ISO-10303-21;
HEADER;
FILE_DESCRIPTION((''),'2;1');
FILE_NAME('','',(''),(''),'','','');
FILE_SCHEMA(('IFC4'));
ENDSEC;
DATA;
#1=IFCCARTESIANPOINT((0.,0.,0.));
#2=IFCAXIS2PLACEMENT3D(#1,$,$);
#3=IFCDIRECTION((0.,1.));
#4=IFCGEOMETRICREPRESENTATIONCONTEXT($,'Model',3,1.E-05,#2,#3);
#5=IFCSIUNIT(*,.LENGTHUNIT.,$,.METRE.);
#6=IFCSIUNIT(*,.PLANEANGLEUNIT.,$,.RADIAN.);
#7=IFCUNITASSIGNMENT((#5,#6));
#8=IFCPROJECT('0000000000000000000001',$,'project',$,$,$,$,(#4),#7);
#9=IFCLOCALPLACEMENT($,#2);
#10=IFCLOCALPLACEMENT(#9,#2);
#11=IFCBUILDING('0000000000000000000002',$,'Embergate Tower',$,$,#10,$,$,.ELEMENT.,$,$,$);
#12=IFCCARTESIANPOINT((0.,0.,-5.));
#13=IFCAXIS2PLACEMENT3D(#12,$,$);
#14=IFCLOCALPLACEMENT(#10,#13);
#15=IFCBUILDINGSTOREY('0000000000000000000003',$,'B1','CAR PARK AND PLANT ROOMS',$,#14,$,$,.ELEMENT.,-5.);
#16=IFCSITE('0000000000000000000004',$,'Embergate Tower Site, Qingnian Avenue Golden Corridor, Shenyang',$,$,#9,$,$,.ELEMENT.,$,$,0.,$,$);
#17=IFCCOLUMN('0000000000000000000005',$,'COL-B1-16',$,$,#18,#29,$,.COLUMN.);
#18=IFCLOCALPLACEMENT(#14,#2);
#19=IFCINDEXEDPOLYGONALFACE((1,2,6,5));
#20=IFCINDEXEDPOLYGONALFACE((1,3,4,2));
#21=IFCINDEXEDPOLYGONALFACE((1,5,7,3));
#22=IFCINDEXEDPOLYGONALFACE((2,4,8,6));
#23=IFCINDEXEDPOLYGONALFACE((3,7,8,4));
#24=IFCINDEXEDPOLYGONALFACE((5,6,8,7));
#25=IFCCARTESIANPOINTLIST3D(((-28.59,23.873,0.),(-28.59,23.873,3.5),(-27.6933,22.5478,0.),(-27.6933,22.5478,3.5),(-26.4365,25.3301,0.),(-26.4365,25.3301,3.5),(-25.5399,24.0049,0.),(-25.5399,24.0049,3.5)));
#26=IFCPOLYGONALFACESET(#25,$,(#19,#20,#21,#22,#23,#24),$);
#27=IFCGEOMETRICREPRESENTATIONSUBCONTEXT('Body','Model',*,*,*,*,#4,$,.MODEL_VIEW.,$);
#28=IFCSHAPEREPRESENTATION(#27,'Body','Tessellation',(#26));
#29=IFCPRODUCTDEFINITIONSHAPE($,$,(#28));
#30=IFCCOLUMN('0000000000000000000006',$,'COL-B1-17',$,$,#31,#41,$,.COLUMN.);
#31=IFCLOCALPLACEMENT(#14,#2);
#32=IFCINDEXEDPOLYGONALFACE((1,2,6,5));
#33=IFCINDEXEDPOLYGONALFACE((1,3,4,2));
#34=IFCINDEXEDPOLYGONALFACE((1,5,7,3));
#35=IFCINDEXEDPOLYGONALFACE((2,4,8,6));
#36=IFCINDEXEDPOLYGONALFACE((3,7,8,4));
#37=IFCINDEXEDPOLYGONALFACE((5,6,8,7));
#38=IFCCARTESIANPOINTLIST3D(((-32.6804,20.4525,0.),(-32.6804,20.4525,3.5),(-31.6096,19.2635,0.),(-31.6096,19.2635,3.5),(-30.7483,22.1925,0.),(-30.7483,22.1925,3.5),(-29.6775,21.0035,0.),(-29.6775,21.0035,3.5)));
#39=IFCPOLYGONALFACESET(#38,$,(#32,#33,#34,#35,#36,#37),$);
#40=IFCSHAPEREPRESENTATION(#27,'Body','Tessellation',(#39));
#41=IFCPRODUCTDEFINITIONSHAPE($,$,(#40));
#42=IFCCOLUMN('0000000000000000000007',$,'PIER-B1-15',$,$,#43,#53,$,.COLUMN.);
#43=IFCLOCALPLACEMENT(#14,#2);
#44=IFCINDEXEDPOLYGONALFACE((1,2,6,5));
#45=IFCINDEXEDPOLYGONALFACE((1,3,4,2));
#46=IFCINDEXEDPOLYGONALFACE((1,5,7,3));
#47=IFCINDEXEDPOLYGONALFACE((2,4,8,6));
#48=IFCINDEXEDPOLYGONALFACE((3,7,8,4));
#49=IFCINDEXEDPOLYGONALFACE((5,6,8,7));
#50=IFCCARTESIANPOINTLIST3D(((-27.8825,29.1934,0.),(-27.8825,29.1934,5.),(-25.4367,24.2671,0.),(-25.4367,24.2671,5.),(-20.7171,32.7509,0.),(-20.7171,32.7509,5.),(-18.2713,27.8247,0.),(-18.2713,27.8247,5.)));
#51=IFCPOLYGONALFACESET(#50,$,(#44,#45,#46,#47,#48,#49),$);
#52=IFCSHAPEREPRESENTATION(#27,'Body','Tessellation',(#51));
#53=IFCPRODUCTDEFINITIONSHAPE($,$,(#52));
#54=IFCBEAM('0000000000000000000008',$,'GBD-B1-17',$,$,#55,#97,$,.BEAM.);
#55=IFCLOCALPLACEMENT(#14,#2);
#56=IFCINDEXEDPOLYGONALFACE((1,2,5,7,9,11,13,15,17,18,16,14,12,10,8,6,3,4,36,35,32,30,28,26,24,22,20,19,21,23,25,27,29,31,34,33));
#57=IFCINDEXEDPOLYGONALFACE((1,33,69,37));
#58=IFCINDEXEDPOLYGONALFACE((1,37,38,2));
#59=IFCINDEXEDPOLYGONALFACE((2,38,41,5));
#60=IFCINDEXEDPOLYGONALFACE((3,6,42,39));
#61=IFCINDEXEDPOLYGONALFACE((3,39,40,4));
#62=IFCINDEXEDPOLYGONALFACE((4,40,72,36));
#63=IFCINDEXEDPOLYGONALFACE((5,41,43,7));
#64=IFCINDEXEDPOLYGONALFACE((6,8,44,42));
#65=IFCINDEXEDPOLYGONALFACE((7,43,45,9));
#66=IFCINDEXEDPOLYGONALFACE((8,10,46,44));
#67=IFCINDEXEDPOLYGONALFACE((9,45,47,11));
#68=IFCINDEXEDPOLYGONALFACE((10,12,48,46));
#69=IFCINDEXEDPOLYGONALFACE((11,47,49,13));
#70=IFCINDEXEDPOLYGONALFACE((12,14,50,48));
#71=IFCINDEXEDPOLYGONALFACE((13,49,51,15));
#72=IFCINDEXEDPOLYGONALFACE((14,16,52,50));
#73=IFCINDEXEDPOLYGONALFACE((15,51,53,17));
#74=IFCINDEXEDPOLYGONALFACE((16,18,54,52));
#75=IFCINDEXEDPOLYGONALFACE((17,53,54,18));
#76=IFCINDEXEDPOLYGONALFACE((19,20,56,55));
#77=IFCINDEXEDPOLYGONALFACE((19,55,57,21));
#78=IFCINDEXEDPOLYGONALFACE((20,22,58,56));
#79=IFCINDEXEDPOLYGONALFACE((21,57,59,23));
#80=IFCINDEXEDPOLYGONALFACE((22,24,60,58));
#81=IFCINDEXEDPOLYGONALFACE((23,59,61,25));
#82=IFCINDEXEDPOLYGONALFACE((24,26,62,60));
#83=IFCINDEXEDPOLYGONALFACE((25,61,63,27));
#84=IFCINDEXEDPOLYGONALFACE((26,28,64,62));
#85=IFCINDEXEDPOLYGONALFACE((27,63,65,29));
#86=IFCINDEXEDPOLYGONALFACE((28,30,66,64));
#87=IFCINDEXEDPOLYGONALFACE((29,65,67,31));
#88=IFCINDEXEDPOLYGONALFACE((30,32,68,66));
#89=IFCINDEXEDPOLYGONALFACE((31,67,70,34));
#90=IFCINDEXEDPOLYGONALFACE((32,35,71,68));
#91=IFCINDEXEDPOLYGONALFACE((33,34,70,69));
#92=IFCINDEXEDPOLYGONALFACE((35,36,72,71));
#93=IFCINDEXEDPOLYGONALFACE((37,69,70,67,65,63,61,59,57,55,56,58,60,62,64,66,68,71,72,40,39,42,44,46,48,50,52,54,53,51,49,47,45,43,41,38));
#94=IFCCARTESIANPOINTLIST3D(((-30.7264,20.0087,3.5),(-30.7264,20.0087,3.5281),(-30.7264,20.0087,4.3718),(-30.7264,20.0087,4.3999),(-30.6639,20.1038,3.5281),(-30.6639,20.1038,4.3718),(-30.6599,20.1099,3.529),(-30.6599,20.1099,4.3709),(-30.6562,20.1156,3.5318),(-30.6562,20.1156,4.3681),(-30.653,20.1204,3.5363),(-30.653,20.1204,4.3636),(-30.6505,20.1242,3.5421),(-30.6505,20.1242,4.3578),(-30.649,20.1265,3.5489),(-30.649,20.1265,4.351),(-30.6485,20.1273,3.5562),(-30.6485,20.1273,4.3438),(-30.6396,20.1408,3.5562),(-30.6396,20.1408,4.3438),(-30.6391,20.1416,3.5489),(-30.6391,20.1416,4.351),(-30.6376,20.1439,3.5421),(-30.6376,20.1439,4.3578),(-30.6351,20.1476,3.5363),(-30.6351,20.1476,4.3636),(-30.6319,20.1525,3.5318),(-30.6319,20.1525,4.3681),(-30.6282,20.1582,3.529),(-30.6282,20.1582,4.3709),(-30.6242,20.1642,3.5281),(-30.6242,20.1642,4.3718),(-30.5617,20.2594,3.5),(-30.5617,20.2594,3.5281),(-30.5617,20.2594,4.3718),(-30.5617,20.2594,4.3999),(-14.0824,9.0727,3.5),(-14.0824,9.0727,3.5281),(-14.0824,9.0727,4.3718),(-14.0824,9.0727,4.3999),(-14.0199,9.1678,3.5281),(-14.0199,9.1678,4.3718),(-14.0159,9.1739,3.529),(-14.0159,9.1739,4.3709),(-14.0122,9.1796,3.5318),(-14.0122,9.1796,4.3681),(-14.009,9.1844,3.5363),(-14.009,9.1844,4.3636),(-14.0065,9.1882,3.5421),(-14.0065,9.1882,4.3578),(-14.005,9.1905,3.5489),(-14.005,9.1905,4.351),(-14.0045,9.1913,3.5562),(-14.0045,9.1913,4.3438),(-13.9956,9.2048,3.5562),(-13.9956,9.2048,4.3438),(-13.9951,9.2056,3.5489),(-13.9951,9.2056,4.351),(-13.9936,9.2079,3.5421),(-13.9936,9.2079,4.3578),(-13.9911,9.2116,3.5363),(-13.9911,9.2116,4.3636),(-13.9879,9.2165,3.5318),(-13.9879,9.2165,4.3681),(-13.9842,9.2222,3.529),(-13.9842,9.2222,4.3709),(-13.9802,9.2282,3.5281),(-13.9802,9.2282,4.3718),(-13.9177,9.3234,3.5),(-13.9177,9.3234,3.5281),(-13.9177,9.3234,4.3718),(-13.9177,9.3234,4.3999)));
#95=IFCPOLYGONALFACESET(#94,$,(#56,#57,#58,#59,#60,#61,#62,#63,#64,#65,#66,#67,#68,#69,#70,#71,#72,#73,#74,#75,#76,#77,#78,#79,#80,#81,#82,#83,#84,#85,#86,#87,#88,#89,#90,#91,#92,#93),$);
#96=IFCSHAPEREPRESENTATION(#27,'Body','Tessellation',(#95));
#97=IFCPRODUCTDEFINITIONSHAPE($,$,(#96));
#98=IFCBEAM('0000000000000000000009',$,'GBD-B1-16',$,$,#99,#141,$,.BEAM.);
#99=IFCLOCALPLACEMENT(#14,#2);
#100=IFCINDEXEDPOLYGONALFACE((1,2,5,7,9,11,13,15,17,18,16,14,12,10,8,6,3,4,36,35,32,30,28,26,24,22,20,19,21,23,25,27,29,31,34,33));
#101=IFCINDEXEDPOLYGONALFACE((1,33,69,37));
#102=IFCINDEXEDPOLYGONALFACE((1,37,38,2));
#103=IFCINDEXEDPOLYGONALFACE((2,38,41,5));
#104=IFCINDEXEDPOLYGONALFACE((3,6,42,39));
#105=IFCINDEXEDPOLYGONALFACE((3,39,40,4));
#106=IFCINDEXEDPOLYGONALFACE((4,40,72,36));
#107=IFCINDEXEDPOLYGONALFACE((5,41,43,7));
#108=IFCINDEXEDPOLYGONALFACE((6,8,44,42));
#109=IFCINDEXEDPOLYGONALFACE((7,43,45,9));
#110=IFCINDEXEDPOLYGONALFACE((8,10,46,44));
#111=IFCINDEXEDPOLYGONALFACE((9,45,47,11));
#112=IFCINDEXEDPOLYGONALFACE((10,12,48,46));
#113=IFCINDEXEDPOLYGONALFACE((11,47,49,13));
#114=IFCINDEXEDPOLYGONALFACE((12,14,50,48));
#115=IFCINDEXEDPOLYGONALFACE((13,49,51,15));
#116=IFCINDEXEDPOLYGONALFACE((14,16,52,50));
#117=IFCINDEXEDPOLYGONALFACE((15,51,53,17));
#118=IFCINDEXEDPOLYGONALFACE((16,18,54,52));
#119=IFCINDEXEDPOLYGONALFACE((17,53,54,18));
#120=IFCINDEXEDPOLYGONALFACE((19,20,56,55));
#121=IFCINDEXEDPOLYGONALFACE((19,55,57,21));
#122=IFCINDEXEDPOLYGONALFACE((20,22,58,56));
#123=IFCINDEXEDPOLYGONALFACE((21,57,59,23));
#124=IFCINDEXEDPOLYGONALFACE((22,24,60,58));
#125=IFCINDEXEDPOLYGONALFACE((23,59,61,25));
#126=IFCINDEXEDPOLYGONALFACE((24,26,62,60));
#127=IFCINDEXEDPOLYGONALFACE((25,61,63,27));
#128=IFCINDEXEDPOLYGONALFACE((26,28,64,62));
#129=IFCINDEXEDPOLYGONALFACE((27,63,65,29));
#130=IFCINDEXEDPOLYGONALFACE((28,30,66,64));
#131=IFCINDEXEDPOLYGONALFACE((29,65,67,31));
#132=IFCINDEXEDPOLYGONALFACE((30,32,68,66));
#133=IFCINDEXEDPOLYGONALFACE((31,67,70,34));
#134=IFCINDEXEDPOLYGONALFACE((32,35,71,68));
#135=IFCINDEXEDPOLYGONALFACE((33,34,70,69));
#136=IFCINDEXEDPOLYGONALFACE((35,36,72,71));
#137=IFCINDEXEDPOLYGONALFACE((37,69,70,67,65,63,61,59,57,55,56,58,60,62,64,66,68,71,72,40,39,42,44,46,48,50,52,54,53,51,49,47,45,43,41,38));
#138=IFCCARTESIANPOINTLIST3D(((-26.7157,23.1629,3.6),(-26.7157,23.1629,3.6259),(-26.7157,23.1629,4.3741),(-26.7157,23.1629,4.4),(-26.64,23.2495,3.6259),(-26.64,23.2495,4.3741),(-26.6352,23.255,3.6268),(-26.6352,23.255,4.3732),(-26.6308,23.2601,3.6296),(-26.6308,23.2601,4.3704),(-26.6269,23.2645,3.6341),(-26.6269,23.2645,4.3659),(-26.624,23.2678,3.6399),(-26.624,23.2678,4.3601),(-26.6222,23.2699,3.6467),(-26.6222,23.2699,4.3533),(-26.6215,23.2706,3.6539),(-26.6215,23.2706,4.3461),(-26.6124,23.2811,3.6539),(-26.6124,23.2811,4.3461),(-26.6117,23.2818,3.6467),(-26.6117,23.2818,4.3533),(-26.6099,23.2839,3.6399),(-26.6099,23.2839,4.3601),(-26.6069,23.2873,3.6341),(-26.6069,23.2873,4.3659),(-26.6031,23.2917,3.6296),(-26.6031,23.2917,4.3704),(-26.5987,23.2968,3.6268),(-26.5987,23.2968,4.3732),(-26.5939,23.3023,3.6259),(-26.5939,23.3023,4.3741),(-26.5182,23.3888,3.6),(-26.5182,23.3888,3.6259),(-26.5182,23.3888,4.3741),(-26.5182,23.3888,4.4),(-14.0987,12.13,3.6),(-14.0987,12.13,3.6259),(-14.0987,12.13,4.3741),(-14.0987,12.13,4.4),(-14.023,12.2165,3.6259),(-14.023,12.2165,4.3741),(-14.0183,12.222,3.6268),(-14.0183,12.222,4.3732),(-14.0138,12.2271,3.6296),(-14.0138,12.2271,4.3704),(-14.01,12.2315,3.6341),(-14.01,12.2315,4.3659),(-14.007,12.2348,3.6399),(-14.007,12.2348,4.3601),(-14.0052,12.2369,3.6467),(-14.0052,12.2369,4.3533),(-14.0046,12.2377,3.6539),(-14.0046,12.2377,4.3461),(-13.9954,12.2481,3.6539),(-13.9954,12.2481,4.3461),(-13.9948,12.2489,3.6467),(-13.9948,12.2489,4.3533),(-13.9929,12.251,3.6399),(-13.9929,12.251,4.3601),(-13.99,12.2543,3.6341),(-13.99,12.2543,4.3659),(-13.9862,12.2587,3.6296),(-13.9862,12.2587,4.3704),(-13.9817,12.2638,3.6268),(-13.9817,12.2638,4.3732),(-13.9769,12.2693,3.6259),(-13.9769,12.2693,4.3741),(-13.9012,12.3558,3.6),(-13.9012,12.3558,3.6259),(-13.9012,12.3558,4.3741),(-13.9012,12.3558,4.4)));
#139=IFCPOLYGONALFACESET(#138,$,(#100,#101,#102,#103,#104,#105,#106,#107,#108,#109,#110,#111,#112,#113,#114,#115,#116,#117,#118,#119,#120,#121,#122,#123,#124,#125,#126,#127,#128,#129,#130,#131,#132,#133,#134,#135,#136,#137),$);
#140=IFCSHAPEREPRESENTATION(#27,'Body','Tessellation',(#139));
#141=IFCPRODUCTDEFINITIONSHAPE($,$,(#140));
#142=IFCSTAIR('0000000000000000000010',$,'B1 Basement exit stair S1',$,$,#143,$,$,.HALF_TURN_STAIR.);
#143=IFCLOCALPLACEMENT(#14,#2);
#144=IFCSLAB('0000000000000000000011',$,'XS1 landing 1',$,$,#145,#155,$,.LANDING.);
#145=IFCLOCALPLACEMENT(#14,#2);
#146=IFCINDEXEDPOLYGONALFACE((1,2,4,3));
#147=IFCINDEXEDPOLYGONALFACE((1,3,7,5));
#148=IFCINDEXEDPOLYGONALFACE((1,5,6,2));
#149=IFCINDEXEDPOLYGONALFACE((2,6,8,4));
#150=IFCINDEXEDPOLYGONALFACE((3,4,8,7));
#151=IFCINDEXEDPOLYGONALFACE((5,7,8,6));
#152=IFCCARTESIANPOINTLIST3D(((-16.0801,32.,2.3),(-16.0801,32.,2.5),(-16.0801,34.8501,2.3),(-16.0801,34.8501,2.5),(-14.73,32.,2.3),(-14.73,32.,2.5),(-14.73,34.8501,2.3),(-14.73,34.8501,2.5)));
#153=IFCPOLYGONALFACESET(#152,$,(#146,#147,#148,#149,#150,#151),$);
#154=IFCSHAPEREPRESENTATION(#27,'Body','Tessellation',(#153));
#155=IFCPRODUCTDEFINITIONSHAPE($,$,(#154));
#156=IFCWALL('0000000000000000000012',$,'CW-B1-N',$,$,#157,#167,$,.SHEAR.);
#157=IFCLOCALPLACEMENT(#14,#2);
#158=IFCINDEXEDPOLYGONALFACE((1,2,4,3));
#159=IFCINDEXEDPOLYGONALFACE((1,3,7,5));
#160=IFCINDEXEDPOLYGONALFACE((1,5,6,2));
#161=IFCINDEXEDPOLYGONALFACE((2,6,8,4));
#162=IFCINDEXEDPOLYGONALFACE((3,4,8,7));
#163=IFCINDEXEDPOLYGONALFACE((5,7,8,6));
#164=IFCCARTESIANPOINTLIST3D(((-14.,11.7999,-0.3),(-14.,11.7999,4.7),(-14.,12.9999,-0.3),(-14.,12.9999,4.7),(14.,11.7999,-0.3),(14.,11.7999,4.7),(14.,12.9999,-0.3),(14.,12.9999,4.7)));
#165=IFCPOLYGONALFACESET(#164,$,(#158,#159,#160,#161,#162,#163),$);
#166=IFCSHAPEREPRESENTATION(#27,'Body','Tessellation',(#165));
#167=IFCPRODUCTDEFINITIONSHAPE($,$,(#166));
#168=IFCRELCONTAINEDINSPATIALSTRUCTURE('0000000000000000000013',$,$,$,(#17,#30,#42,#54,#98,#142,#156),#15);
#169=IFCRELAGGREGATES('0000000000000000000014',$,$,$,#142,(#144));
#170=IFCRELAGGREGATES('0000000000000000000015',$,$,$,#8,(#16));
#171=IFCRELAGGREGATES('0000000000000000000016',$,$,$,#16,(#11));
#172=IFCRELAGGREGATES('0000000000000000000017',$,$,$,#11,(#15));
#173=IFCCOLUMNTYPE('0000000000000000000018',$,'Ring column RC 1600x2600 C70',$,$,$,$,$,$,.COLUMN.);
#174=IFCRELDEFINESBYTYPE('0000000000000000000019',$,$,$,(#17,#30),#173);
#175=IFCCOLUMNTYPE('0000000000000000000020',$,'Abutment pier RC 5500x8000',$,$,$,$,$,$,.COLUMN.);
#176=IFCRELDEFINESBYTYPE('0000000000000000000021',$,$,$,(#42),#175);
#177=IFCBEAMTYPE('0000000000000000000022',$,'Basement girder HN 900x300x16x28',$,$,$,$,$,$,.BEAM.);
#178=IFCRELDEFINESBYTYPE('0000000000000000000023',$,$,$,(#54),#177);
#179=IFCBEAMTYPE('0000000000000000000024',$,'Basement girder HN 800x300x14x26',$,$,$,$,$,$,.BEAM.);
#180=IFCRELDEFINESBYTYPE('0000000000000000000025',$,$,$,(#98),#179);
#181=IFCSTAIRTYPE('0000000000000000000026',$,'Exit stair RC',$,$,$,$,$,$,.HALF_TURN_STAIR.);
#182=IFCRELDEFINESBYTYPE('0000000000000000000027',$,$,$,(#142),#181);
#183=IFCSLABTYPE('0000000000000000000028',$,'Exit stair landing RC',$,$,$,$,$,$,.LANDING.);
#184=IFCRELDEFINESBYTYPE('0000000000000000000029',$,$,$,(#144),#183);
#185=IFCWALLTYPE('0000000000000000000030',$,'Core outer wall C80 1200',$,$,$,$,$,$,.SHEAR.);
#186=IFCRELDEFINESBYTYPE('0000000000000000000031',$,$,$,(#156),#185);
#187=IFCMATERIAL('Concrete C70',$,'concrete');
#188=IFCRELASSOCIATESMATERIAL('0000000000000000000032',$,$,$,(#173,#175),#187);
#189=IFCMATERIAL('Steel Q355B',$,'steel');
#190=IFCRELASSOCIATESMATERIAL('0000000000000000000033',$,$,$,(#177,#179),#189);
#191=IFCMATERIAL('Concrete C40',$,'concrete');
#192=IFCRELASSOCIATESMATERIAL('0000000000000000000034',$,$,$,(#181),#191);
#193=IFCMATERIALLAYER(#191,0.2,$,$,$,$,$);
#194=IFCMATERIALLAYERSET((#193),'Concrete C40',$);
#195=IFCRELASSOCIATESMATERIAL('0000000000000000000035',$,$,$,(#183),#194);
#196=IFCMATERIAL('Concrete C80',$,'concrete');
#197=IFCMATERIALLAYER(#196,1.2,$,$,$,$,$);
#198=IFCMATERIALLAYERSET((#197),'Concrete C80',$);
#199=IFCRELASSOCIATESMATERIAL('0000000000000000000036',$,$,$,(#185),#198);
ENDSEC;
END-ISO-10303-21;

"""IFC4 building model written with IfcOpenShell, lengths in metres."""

from ifc_helpers import new_model, si_unit, direction, frame, frame_2d, origin, origin_2d, place, context, subcontext, project, spatial, polyline, rectangle, i_section, outline, extrude, source, transform, mapped, material, layer, layer_set, material_profile, profile_set, type_object, element, aggregate, save


model = new_model("IFC4")

# Units and contexts
model_context = context("Model", 3, precision=1e-05, world=origin(), true_north=direction((0.0, 1.0)))
body_context = subcontext(model_context, "Body", "Model", "MODEL_VIEW")
ifc_project = project(units=[si_unit("LENGTHUNIT", "METRE"), si_unit("PLANEANGLEUNIT", "RADIAN")], contexts=[model_context])

# Site, building, storey
site_placement = place(None, origin())
site = spatial("IfcSite", under=ifc_project, at=site_placement, Name="Embergate Tower Site, Qingnian Avenue Golden Corridor, Shenyang", CompositionType="ELEMENT", RefElevation=0.0)
building_placement = place(site_placement, origin())
building = spatial("IfcBuilding", under=site, at=building_placement, Name="Embergate Tower", CompositionType="ELEMENT")
storey_placement = place(building_placement, frame((0.0, 0.0, -5.0)))
storey = spatial("IfcBuildingStorey", under=building, at=storey_placement, Name="B1", Description="CAR PARK AND PLANT ROOMS", CompositionType="ELEMENT", Elevation=-5.0)

# Columns
ifc_material_1 = material(Name="Concrete C70", Category="concrete")
ifc_material_profile_1 = material_profile(ifc_material_1, rectangle(XDim=1.6001, YDim=2.6001, at=origin_2d()), Name="RC 1600x2600")
ifc_profile_set_1 = profile_set([ifc_material_profile_1], Name="Concrete C70")
column_type_1 = type_object("IfcColumnType", Name="Ring column RC 1600x2600 C70", PredefinedType="COLUMN", material=ifc_profile_set_1)
shared_shape_1 = source(origin(), body_context, "Body", "SweptSolid", [
    extrude(rectangle(XDim=1.6001, YDim=2.6001, at=origin_2d()), origin(), (0.0, 0.0, 1.0), 3.5),
])
for number, where, z_axis, x_axis, name in (
    (1, (-27.0649, 23.939, 0.0), (0.0, 0.0, 1.0), (-0.560393, 0.828227, 0.0), "COL-B1-16"),
    (2, (-31.179, 20.728, 0.0), (0.0, 0.0, 1.0), (-0.669208, 0.743075, 0.0), "COL-B1-17"),
):
    element("IfcColumn", number, at=place(storey_placement, frame(where, z_axis=z_axis, x_axis=x_axis)), inside=storey, type_object=column_type_1, Name=name, PredefinedType="COLUMN", context=body_context, shape_type="MappedRepresentation", body=[
        mapped(shared_shape_1, transform((0.0, 0.0, 0.0))),
    ])
ifc_material_profile_2 = material_profile(ifc_material_1, rectangle(XDim=5.5, YDim=8.0, at=origin_2d()), Name="RC 5500x8000")
ifc_profile_set_2 = profile_set([ifc_material_profile_2], Name="Concrete C70")
column_type_2 = type_object("IfcColumnType", Name="Abutment pier RC 5500x8000", PredefinedType="COLUMN", material=ifc_profile_set_2)
shared_shape_2 = source(origin(), body_context, "Body", "SweptSolid", [
    extrude(rectangle(XDim=5.5, YDim=8.0, at=origin_2d()), origin(), (0.0, 0.0, 1.0), 5.0),
])
column_placement = place(storey_placement, frame((-23.0769, 28.509, 0.0), z_axis=(0.0, 0.0, 1.0), x_axis=(-0.444698, 0.895681, 0.0)))
element("IfcColumn", 3, at=column_placement, inside=storey, type_object=column_type_2, Name="PIER-B1-15", PredefinedType="COLUMN", context=body_context, shape_type="MappedRepresentation", body=[
    mapped(shared_shape_2, transform((0.0, 0.0, 0.0))),
])

# Beams
ifc_material_2 = material(Name="Steel Q355B", Category="steel")
ifc_material_profile_3 = material_profile(ifc_material_2, i_section(OverallWidth=0.3, OverallDepth=0.8999, WebThickness=0.0161, FlangeThickness=0.0281, FilletRadius=0.0281, at=origin_2d()), Name="HN 900x300x16x28")
ifc_profile_set_3 = profile_set([ifc_material_profile_3], Name="Steel Q355 grade B")
beam_type_1 = type_object("IfcBeamType", Name="Basement girder HN 900x300x16x28", PredefinedType="BEAM", material=ifc_profile_set_3)
shared_shape_3 = source(origin(), body_context, "Body", "SweptSolid", [
    extrude(i_section(OverallWidth=0.3, OverallDepth=0.8999, WebThickness=0.0161, FlangeThickness=0.0281, FilletRadius=0.0281, at=origin_2d()), origin(), (0.0, 0.0, 1.0), 19.9153),
])
beam_1_placement = place(storey_placement, frame((-30.644, 20.134, 3.95), z_axis=(0.83574, -0.549126, 0.0), x_axis=(0.549126, 0.83574, 0.0)))
element("IfcBeam", 4, at=beam_1_placement, inside=storey, type_object=beam_type_1, Name="GBD-B1-17", PredefinedType="BEAM", context=body_context, shape_type="MappedRepresentation", body=[
    mapped(shared_shape_3, transform((0.0, 0.0, 0.0))),
])
ifc_material_profile_4 = material_profile(ifc_material_2, i_section(OverallWidth=0.3, OverallDepth=0.8, WebThickness=0.0139, FlangeThickness=0.0259, FilletRadius=0.0281, at=origin_2d()), Name="HN 800x300x14x26")
ifc_profile_set_4 = profile_set([ifc_material_profile_4], Name="Steel Q355 grade B")
beam_type_2 = type_object("IfcBeamType", Name="Basement girder HN 800x300x14x26", PredefinedType="BEAM", material=ifc_profile_set_4)
shared_shape_4 = source(origin(), body_context, "Body", "SweptSolid", [
    extrude(i_section(OverallWidth=0.3, OverallDepth=0.8, WebThickness=0.0139, FlangeThickness=0.0259, FilletRadius=0.0281, at=origin_2d()), origin(), (0.0, 0.0, 1.0), 16.7605),
])
beam_2_placement = place(storey_placement, frame((-26.6169, 23.2759, 4.0), z_axis=(0.75278, -0.658273, 0.0), x_axis=(0.658273, 0.75278, 0.0)))
element("IfcBeam", 5, at=beam_2_placement, inside=storey, type_object=beam_type_2, Name="GBD-B1-16", PredefinedType="BEAM", context=body_context, shape_type="MappedRepresentation", body=[
    mapped(shared_shape_4, transform((0.0, 0.0, 0.0))),
])

# Stair, slab
ifc_material_3 = material(Name="Concrete C40", Category="concrete")
stair_type = type_object("IfcStairType", Name="Exit stair RC", PredefinedType="HALF_TURN_STAIR", material=ifc_material_3)
stair_placement = place(storey_placement, origin())
stair = element("IfcStair", 6, at=stair_placement, inside=storey, type_object=stair_type, Name="B1 Basement exit stair S1", PredefinedType="HALF_TURN_STAIR")
ifc_layer_1 = layer(ifc_material_3, 0.2)
ifc_layer_set_1 = layer_set([ifc_layer_1], Name="Concrete C40")
slab_type = type_object("IfcSlabType", Name="Exit stair landing RC", PredefinedType="LANDING", material=ifc_layer_set_1)
shared_shape_5 = source(origin(), body_context, "Body", "SweptSolid", [
    extrude(outline(polyline([(0.0, 0.0), (1.3501, 0.0), (1.3501, 2.8501), (0.0, 2.8501), (0.0, 0.0)])), origin(), (0.0, 0.0, 1.0), 0.2),
])
slab_placement = place(storey_placement, frame((-16.0801, 32.0, 2.3)))
slab = element("IfcSlab", 7, at=slab_placement, type_object=slab_type, Name="XS1 landing 1", PredefinedType="LANDING", context=body_context, shape_type="MappedRepresentation", body=[
    mapped(shared_shape_5, transform((0.0, 0.0, 0.0))),
])

# Wall
ifc_material_4 = material(Name="Concrete C80", Category="concrete")
ifc_layer_2 = layer(ifc_material_4, 1.2)
ifc_layer_set_2 = layer_set([ifc_layer_2], Name="Concrete C80")
wall_type_1 = type_object("IfcWallType", Name="Core outer wall C80 1200", PredefinedType="SHEAR", material=ifc_layer_set_2)
shared_shape_6 = source(origin(), body_context, "Body", "SweptSolid", [
    extrude(rectangle(XDim=28.0, YDim=1.2, at=frame_2d((14.0, 0.0))), origin(), (0.0, 0.0, 1.0), 5.0),
])
wall_1_placement = place(storey_placement, frame((-14.0, 12.3999, -0.3), z_axis=(0.0, 0.0, 1.0), x_axis=(1.0, 0.0, 0.0)))
element("IfcWall", 8, at=wall_1_placement, inside=storey, type_object=wall_type_1, Name="CW-B1-N", PredefinedType="SHEAR", context=body_context, shape_type="MappedRepresentation", body=[
    mapped(shared_shape_6, transform((0.0, 0.0, 0.0))),
])

aggregate(stair, [slab])

save(model, "model.ifc")
